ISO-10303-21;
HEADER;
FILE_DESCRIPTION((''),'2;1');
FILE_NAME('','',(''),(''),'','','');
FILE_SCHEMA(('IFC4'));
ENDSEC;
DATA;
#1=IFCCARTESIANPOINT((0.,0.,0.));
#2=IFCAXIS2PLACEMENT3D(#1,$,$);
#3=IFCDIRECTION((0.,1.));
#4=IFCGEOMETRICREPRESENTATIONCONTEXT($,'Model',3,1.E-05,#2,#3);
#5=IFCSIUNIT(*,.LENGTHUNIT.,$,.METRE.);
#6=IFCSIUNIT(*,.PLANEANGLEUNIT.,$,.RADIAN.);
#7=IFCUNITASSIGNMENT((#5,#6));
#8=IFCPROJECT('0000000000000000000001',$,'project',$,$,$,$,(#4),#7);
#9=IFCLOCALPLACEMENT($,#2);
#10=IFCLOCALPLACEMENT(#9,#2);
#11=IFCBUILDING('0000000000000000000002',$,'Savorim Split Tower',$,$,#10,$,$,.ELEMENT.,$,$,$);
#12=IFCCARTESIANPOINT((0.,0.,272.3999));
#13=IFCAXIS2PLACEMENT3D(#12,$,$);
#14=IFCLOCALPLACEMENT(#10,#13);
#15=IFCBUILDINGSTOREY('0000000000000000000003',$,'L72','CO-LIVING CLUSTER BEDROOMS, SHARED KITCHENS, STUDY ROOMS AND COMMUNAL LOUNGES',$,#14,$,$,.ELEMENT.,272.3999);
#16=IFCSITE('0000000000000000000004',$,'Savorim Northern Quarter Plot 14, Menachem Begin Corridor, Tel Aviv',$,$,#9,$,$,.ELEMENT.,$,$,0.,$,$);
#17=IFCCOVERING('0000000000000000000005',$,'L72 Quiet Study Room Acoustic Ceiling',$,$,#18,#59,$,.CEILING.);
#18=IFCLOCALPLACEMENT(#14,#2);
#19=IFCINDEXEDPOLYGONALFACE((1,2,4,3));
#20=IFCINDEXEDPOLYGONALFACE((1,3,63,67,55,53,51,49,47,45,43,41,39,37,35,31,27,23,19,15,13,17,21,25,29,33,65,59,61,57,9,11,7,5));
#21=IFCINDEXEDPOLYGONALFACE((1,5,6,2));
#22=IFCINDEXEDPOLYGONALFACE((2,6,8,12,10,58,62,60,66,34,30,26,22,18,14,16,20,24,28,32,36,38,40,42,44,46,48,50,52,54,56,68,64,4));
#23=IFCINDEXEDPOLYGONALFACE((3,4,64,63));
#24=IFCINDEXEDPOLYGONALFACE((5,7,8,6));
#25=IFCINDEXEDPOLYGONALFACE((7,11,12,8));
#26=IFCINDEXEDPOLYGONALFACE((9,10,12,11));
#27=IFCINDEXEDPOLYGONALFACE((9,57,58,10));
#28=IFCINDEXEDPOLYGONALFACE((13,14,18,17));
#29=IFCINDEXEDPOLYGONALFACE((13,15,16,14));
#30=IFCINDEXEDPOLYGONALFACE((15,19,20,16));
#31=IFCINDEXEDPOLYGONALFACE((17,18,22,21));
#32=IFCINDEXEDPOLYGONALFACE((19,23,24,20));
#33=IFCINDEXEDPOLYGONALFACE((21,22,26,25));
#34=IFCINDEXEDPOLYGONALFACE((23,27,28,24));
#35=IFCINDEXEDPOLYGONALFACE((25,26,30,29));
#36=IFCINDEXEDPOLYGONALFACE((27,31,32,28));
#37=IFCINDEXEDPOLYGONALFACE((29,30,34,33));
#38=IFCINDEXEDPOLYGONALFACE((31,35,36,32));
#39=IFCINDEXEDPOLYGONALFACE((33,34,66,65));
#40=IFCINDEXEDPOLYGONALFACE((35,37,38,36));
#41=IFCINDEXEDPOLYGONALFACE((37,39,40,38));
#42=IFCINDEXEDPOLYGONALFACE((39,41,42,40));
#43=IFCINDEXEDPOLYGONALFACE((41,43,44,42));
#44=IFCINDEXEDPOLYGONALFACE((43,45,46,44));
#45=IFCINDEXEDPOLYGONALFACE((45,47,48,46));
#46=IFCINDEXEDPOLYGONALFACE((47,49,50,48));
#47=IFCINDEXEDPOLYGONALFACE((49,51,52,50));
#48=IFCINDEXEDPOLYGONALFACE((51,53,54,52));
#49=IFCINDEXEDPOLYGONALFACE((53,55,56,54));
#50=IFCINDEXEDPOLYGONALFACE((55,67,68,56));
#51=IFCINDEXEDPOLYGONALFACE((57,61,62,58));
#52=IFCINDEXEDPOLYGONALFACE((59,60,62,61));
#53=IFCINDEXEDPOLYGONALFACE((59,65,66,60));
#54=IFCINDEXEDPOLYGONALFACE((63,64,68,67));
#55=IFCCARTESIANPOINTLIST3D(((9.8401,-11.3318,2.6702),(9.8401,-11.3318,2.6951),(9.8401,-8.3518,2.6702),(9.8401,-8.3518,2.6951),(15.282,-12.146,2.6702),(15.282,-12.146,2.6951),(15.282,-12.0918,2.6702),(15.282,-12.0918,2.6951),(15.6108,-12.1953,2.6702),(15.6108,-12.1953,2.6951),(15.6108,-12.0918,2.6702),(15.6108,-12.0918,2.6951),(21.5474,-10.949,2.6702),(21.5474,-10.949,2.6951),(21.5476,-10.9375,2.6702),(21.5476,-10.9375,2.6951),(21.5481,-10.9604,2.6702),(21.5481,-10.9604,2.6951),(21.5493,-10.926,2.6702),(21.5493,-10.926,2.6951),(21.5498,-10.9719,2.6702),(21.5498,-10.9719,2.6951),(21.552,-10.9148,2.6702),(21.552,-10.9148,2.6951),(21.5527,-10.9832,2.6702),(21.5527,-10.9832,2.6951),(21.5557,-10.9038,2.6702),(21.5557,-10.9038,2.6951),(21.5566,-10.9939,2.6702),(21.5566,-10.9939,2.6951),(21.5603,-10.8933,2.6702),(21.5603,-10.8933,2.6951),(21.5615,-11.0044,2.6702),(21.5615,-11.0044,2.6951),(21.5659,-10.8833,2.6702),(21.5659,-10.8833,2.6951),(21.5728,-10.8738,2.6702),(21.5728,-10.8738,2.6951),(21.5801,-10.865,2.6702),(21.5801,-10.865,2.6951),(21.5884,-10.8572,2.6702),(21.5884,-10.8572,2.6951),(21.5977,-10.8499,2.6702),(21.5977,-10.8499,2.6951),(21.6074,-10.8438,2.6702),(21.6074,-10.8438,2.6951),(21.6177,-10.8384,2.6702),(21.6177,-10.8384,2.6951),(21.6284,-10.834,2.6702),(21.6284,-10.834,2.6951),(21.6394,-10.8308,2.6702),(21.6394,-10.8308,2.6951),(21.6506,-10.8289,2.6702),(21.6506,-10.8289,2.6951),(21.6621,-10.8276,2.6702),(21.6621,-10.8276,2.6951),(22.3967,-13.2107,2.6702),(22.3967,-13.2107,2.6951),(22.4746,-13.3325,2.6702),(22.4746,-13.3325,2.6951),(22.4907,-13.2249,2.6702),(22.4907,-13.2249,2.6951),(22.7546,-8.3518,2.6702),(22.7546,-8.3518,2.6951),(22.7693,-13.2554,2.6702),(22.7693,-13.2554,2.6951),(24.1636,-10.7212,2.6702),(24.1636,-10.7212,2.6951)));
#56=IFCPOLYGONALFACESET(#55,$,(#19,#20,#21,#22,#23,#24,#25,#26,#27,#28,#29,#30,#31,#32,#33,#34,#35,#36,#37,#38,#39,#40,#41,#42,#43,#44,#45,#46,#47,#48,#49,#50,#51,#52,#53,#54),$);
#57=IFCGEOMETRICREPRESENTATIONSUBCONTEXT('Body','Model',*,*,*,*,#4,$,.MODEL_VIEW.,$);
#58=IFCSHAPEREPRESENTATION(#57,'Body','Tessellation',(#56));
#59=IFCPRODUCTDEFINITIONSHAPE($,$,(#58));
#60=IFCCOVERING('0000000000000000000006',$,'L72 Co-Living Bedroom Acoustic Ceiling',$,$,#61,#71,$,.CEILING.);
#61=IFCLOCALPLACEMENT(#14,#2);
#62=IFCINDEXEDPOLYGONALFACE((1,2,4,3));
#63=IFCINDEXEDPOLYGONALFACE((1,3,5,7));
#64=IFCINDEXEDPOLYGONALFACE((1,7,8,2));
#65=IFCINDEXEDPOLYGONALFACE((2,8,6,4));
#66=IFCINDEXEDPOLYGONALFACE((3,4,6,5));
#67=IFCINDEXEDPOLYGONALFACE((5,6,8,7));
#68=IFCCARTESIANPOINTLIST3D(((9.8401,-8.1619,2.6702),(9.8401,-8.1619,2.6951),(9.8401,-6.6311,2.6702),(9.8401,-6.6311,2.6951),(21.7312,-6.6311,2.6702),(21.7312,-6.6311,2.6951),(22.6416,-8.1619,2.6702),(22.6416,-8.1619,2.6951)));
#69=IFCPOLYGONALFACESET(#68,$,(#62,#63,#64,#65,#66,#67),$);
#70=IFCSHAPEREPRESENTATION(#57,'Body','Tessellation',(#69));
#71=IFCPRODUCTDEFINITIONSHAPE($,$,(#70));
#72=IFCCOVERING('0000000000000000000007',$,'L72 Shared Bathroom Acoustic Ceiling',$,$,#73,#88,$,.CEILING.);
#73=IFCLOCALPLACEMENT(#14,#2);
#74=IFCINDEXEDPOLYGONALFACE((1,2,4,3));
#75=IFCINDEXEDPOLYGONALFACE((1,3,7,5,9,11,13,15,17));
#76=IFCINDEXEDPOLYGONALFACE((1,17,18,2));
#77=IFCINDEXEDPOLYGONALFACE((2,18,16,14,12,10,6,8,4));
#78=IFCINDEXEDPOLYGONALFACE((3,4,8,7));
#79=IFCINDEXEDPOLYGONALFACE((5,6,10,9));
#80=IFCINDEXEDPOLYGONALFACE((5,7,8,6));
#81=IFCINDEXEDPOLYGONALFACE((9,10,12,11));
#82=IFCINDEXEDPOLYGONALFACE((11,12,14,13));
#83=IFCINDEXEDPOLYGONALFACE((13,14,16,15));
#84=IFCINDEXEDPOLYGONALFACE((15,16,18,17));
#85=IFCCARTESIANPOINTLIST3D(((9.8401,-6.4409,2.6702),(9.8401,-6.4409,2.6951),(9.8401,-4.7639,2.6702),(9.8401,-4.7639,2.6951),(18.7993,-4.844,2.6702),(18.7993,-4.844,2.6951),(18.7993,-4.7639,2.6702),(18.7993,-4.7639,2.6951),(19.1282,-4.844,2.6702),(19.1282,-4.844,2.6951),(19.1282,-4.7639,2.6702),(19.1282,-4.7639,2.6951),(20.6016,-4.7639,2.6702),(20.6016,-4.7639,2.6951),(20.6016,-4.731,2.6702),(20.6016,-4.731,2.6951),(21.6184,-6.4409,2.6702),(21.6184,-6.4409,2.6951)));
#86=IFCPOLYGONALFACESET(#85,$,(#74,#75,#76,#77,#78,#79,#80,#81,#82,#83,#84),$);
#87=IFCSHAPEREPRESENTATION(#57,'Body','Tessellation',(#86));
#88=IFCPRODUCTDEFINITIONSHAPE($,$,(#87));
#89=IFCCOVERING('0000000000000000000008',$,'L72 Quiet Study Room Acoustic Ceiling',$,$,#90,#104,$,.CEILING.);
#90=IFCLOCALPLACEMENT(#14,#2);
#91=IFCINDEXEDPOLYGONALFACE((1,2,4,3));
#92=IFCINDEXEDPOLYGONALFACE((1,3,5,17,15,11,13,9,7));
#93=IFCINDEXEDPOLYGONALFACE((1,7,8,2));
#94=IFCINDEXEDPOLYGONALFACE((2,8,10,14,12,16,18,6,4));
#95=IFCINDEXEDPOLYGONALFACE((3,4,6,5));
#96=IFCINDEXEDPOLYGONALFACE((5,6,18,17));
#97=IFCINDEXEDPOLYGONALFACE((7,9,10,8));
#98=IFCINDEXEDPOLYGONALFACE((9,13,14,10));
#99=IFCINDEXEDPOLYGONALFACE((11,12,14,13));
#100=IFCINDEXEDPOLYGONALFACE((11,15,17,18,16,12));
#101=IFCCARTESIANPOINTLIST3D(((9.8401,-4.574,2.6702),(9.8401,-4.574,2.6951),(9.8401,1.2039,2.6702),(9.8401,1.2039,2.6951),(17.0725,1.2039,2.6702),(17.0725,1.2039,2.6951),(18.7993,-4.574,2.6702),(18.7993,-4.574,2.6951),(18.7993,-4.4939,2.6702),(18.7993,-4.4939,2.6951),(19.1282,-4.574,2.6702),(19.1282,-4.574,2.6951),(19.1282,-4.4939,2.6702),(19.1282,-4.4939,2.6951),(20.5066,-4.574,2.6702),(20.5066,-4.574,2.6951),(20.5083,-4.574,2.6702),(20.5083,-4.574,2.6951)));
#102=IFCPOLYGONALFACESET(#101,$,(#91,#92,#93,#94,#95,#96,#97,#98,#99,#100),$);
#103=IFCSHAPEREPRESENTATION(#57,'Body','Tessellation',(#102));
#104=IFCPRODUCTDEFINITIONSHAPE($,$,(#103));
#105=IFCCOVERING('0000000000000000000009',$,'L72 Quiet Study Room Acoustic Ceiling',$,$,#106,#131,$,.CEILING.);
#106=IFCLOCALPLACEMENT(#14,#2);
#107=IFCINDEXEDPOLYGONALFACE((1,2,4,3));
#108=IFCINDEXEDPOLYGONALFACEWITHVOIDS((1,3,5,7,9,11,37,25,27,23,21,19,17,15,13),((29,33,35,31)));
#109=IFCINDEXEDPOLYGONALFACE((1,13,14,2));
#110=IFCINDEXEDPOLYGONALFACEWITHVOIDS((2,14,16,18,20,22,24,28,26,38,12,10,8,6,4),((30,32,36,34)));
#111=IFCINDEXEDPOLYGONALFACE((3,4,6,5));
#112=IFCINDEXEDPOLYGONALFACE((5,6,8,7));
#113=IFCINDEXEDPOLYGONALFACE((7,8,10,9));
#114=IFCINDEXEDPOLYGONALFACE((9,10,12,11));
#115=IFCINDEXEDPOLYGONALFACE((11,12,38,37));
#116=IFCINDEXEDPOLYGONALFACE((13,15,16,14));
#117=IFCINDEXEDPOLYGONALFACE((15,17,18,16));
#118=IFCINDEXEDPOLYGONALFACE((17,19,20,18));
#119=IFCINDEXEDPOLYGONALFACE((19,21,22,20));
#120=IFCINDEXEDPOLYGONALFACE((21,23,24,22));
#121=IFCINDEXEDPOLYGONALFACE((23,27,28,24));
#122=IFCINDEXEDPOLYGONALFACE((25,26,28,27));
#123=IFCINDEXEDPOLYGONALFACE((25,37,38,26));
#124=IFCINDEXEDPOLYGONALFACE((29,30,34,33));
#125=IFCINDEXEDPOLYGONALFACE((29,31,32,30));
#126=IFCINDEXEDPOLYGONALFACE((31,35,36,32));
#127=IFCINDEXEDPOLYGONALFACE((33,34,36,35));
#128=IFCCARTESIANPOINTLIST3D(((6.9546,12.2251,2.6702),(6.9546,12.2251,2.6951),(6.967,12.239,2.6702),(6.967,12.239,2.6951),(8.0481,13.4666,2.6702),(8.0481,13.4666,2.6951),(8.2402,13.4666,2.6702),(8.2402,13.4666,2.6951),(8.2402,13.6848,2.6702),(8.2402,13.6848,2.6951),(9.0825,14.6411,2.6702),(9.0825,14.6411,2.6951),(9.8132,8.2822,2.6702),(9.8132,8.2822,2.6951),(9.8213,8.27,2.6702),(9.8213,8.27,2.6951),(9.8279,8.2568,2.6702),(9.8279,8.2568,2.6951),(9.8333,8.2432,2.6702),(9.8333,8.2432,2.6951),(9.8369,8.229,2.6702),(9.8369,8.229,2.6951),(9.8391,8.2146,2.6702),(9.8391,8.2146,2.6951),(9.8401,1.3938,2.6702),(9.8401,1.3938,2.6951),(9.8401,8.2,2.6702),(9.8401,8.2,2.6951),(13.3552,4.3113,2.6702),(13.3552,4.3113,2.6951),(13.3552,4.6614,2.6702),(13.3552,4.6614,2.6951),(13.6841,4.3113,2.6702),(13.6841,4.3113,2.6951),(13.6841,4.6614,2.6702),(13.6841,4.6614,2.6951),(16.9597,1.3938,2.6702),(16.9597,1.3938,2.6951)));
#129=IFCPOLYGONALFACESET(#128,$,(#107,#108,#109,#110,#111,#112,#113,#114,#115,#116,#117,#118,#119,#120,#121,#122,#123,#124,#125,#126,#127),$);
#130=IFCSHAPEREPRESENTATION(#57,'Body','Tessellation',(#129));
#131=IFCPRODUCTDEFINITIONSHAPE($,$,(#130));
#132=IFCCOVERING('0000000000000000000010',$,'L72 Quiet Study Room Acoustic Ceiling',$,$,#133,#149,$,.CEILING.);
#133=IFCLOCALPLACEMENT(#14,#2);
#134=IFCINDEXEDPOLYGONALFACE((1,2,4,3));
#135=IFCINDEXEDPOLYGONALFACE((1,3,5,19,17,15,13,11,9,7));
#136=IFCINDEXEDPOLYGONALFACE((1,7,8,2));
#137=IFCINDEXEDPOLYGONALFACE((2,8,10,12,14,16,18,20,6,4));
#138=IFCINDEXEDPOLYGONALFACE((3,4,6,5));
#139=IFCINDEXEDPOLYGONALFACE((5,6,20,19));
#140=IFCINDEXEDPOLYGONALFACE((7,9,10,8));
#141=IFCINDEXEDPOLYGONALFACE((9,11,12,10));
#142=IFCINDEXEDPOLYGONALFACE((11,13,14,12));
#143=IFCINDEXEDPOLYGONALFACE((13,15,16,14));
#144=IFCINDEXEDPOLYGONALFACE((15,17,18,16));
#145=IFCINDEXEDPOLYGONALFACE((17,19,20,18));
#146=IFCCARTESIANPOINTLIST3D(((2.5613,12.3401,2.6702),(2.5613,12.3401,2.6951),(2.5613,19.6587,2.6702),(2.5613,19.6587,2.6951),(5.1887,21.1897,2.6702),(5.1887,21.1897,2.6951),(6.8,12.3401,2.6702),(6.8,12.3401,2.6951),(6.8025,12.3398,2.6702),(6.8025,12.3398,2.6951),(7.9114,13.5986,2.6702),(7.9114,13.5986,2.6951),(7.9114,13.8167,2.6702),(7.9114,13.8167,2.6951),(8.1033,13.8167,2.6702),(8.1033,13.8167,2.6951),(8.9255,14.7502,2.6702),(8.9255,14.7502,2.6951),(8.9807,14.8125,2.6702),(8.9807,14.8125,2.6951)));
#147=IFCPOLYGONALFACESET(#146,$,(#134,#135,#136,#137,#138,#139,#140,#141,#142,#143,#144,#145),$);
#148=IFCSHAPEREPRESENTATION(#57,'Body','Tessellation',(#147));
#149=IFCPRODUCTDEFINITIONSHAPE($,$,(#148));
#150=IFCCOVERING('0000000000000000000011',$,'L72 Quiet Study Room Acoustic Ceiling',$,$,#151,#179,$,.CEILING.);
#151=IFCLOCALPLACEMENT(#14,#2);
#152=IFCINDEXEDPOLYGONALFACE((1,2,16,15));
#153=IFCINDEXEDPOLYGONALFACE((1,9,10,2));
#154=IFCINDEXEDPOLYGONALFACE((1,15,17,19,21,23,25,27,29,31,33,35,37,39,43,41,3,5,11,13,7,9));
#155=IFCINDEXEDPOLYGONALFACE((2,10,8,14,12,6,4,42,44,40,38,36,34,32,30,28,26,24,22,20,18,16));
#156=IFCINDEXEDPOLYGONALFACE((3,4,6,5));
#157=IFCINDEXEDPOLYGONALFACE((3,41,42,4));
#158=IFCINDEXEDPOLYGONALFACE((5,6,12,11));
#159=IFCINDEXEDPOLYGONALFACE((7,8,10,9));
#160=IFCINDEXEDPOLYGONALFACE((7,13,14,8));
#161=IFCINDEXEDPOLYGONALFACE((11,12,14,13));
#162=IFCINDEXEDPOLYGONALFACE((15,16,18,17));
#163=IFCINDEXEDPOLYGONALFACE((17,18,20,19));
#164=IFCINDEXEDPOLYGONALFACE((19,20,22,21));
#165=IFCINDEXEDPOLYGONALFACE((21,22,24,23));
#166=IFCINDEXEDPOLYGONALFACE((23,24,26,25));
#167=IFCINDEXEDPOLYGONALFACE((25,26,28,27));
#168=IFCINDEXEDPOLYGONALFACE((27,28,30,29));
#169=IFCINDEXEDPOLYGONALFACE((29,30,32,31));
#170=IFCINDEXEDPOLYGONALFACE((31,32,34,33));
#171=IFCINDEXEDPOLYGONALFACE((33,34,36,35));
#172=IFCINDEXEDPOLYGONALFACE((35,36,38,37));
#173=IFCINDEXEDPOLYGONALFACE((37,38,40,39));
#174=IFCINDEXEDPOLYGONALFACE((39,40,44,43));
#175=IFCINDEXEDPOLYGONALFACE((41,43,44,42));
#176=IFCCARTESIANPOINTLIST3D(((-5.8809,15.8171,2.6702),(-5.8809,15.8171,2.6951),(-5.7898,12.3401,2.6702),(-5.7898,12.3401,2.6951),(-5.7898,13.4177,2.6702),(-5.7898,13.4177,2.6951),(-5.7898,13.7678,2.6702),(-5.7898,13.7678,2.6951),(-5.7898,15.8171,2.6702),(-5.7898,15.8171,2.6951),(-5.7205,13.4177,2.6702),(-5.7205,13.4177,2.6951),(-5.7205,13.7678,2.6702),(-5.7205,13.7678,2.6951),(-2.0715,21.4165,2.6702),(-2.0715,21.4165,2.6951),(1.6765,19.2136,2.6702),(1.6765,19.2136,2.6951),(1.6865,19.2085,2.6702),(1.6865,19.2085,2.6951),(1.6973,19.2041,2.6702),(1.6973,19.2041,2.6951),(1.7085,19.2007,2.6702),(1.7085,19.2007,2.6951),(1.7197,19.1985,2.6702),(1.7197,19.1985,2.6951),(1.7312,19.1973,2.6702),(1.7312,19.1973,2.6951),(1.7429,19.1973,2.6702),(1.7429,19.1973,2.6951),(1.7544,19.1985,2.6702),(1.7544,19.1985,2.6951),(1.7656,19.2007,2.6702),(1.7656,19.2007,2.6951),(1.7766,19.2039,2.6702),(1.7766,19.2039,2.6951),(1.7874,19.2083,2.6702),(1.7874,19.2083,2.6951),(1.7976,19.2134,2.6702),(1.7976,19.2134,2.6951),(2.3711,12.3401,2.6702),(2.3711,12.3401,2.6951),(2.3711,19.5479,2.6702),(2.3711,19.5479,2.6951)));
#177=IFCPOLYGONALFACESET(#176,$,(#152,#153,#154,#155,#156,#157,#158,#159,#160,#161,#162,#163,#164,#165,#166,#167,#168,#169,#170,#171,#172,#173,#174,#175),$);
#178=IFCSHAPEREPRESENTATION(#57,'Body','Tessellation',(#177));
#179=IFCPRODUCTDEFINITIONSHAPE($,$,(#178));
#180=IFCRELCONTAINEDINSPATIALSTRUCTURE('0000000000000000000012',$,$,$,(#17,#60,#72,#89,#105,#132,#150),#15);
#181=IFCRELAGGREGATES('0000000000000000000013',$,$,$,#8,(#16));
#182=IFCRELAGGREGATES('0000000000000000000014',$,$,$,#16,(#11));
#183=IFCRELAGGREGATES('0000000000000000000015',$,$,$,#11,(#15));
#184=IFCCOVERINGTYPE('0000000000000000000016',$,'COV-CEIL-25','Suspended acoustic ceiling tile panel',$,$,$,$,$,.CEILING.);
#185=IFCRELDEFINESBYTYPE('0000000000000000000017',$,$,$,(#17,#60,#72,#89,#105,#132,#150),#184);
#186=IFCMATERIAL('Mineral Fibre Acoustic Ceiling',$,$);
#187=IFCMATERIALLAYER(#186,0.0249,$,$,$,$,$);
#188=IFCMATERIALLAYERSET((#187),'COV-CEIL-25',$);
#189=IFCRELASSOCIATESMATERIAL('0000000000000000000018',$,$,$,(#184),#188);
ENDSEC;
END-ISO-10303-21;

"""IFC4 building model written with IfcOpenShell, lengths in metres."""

from ifc_helpers import new_model, si_unit, direction, frame, origin, place, context, subcontext, project, spatial, polyline, outline, extrude, material, layer, layer_set, type_object, element, save


model = new_model("IFC4")

# Units and contexts
model_context = context("Model", 3, precision=1e-05, world=origin(), true_north=direction((0.0, 1.0)))
body_context = subcontext(model_context, "Body", "Model", "MODEL_VIEW")
ifc_project = project(units=[si_unit("LENGTHUNIT", "METRE"), si_unit("PLANEANGLEUNIT", "RADIAN")], contexts=[model_context])

# Site, building, storey
site_placement = place(None, origin())
site = spatial("IfcSite", under=ifc_project, at=site_placement, Name="Savorim Northern Quarter Plot 14, Menachem Begin Corridor, Tel Aviv", CompositionType="ELEMENT", RefElevation=0.0)
building_placement = place(site_placement, origin())
building = spatial("IfcBuilding", under=site, at=building_placement, Name="Savorim Split Tower", CompositionType="ELEMENT")
storey_placement = place(building_placement, frame((0.0, 0.0, 272.3999)))
storey = spatial("IfcBuildingStorey", under=building, at=storey_placement, Name="L72", Description="CO-LIVING CLUSTER BEDROOMS, SHARED KITCHENS, STUDY ROOMS AND COMMUNAL LOUNGES", CompositionType="ELEMENT", Elevation=272.3999)

# Coverings
ifc_material_1 = material(Name="Mineral Fibre Acoustic Ceiling")
ifc_layer_1 = layer(ifc_material_1, 0.0249)
ifc_layer_set_1 = layer_set([ifc_layer_1], Name="COV-CEIL-25")
covering_type_1 = type_object("IfcCoveringType", Name="COV-CEIL-25", Description="Suspended acoustic ceiling tile panel", PredefinedType="CEILING", material=ifc_layer_set_1)
covering_1_placement = place(storey_placement, frame((0.0, 0.0, 2.6702)))
element("IfcCovering", 1, at=covering_1_placement, inside=storey, type_object=covering_type_1, Name="L72 Quiet Study Room Acoustic Ceiling", PredefinedType="CEILING", context=body_context, shape_type="SweptSolid", body=[
    extrude(outline(polyline([(21.6394, -10.8308), (21.6506, -10.8289), (21.6621, -10.8276), (24.1636, -10.7212), (22.7546, -8.3518), (9.8401, -8.3518), (9.8401, -11.3318), (15.282, -12.146), (15.282, -12.0918), (15.6108, -12.0918), (15.6108, -12.1953), (22.3967, -13.2107), (22.4907, -13.2249), (22.4746, -13.3325), (22.7693, -13.2554), (21.5615, -11.0044), (21.5566, -10.9939), (21.5527, -10.9832), (21.5498, -10.9719), (21.5481, -10.9604), (21.5474, -10.949), (21.5476, -10.9375), (21.5493, -10.926), (21.552, -10.9148), (21.5557, -10.9038), (21.5603, -10.8933), (21.5659, -10.8833), (21.5728, -10.8738), (21.5801, -10.865), (21.5884, -10.8572), (21.5977, -10.8499), (21.6074, -10.8438), (21.6177, -10.8384), (21.6284, -10.834), (21.6394, -10.8308)])), origin(), (0.0, 0.0, 1.0), 0.0249),
])
covering_2_placement = place(storey_placement, frame((0.0, 0.0, 2.6702)))
element("IfcCovering", 2, at=covering_2_placement, inside=storey, type_object=covering_type_1, Name="L72 Co-Living Bedroom Acoustic Ceiling", PredefinedType="CEILING", context=body_context, shape_type="SweptSolid", body=[
    extrude(outline(polyline([(22.6416, -8.1619), (21.7312, -6.6311), (9.8401, -6.6311), (9.8401, -8.1619), (22.6416, -8.1619)])), origin(), (0.0, 0.0, 1.0), 0.0249),
])
covering_3_placement = place(storey_placement, frame((0.0, 0.0, 2.6702)))
element("IfcCovering", 3, at=covering_3_placement, inside=storey, type_object=covering_type_1, Name="L72 Shared Bathroom Acoustic Ceiling", PredefinedType="CEILING", context=body_context, shape_type="SweptSolid", body=[
    extrude(outline(polyline([(18.7993, -4.844), (18.7993, -4.7639), (9.8401, -4.7639), (9.8401, -6.4409), (21.6184, -6.4409), (20.6016, -4.731), (20.6016, -4.7639), (19.1282, -4.7639), (19.1282, -4.844), (18.7993, -4.844)])), origin(), (0.0, 0.0, 1.0), 0.0249),
])
covering_4_placement = place(storey_placement, frame((0.0, 0.0, 2.6702)))
element("IfcCovering", 4, at=covering_4_placement, inside=storey, type_object=covering_type_1, Name="L72 Quiet Study Room Acoustic Ceiling", PredefinedType="CEILING", context=body_context, shape_type="SweptSolid", body=[
    extrude(outline(polyline([(19.1282, -4.4939), (19.1282, -4.574), (20.5066, -4.574), (20.5083, -4.574), (17.0725, 1.2039), (9.8401, 1.2039), (9.8401, -4.574), (18.7993, -4.574), (18.7993, -4.4939), (19.1282, -4.4939)])), origin(), (0.0, 0.0, 1.0), 0.0249),
])
covering_5_placement = place(storey_placement, frame((0.0, 0.0, 2.6702)))
element("IfcCovering", 5, at=covering_5_placement, inside=storey, type_object=covering_type_1, Name="L72 Quiet Study Room Acoustic Ceiling", PredefinedType="CEILING", context=body_context, shape_type="SweptSolid", body=[
    extrude(outline(polyline([(9.8369, 8.229), (9.8391, 8.2146), (9.8401, 8.2), (9.8401, 1.3938), (16.9597, 1.3938), (9.0825, 14.6411), (8.2402, 13.6848), (8.2402, 13.4666), (8.0481, 13.4666), (6.967, 12.239), (6.9546, 12.2251), (9.8132, 8.2822), (9.8213, 8.27), (9.8279, 8.2568), (9.8333, 8.2432), (9.8369, 8.229)]), holes=[polyline([(13.6841, 4.3113), (13.6841, 4.6614), (13.3552, 4.6614), (13.3552, 4.3113), (13.6841, 4.3113)])]), origin(), (0.0, 0.0, 1.0), 0.0249),
])
covering_6_placement = place(storey_placement, frame((0.0, 0.0, 2.6702)))
element("IfcCovering", 6, at=covering_6_placement, inside=storey, type_object=covering_type_1, Name="L72 Quiet Study Room Acoustic Ceiling", PredefinedType="CEILING", context=body_context, shape_type="SweptSolid", body=[
    extrude(outline(polyline([(8.9255, 14.7502), (8.9807, 14.8125), (5.1887, 21.1897), (2.5613, 19.6587), (2.5613, 12.3401), (6.8, 12.3401), (6.8025, 12.3398), (7.9114, 13.5986), (7.9114, 13.8167), (8.1033, 13.8167), (8.9255, 14.7502)])), origin(), (0.0, 0.0, 1.0), 0.0249),
])
covering_7_placement = place(storey_placement, frame((0.0, 0.0, 2.6702)))
element("IfcCovering", 7, at=covering_7_placement, inside=storey, type_object=covering_type_1, Name="L72 Quiet Study Room Acoustic Ceiling", PredefinedType="CEILING", context=body_context, shape_type="SweptSolid", body=[
    extrude(outline(polyline([(1.6973, 19.2041), (1.6865, 19.2085), (1.6765, 19.2136), (-2.0715, 21.4165), (-5.8809, 15.8171), (-5.7898, 15.8171), (-5.7898, 13.7678), (-5.7205, 13.7678), (-5.7205, 13.4177), (-5.7898, 13.4177), (-5.7898, 12.3401), (2.3711, 12.3401), (2.3711, 19.5479), (1.7976, 19.2134), (1.7874, 19.2083), (1.7766, 19.2039), (1.7656, 19.2007), (1.7544, 19.1985), (1.7429, 19.1973), (1.7312, 19.1973), (1.7197, 19.1985), (1.7085, 19.2007), (1.6973, 19.2041)])), origin(), (0.0, 0.0, 1.0), 0.0249),
])

save(model, "model.ifc")
